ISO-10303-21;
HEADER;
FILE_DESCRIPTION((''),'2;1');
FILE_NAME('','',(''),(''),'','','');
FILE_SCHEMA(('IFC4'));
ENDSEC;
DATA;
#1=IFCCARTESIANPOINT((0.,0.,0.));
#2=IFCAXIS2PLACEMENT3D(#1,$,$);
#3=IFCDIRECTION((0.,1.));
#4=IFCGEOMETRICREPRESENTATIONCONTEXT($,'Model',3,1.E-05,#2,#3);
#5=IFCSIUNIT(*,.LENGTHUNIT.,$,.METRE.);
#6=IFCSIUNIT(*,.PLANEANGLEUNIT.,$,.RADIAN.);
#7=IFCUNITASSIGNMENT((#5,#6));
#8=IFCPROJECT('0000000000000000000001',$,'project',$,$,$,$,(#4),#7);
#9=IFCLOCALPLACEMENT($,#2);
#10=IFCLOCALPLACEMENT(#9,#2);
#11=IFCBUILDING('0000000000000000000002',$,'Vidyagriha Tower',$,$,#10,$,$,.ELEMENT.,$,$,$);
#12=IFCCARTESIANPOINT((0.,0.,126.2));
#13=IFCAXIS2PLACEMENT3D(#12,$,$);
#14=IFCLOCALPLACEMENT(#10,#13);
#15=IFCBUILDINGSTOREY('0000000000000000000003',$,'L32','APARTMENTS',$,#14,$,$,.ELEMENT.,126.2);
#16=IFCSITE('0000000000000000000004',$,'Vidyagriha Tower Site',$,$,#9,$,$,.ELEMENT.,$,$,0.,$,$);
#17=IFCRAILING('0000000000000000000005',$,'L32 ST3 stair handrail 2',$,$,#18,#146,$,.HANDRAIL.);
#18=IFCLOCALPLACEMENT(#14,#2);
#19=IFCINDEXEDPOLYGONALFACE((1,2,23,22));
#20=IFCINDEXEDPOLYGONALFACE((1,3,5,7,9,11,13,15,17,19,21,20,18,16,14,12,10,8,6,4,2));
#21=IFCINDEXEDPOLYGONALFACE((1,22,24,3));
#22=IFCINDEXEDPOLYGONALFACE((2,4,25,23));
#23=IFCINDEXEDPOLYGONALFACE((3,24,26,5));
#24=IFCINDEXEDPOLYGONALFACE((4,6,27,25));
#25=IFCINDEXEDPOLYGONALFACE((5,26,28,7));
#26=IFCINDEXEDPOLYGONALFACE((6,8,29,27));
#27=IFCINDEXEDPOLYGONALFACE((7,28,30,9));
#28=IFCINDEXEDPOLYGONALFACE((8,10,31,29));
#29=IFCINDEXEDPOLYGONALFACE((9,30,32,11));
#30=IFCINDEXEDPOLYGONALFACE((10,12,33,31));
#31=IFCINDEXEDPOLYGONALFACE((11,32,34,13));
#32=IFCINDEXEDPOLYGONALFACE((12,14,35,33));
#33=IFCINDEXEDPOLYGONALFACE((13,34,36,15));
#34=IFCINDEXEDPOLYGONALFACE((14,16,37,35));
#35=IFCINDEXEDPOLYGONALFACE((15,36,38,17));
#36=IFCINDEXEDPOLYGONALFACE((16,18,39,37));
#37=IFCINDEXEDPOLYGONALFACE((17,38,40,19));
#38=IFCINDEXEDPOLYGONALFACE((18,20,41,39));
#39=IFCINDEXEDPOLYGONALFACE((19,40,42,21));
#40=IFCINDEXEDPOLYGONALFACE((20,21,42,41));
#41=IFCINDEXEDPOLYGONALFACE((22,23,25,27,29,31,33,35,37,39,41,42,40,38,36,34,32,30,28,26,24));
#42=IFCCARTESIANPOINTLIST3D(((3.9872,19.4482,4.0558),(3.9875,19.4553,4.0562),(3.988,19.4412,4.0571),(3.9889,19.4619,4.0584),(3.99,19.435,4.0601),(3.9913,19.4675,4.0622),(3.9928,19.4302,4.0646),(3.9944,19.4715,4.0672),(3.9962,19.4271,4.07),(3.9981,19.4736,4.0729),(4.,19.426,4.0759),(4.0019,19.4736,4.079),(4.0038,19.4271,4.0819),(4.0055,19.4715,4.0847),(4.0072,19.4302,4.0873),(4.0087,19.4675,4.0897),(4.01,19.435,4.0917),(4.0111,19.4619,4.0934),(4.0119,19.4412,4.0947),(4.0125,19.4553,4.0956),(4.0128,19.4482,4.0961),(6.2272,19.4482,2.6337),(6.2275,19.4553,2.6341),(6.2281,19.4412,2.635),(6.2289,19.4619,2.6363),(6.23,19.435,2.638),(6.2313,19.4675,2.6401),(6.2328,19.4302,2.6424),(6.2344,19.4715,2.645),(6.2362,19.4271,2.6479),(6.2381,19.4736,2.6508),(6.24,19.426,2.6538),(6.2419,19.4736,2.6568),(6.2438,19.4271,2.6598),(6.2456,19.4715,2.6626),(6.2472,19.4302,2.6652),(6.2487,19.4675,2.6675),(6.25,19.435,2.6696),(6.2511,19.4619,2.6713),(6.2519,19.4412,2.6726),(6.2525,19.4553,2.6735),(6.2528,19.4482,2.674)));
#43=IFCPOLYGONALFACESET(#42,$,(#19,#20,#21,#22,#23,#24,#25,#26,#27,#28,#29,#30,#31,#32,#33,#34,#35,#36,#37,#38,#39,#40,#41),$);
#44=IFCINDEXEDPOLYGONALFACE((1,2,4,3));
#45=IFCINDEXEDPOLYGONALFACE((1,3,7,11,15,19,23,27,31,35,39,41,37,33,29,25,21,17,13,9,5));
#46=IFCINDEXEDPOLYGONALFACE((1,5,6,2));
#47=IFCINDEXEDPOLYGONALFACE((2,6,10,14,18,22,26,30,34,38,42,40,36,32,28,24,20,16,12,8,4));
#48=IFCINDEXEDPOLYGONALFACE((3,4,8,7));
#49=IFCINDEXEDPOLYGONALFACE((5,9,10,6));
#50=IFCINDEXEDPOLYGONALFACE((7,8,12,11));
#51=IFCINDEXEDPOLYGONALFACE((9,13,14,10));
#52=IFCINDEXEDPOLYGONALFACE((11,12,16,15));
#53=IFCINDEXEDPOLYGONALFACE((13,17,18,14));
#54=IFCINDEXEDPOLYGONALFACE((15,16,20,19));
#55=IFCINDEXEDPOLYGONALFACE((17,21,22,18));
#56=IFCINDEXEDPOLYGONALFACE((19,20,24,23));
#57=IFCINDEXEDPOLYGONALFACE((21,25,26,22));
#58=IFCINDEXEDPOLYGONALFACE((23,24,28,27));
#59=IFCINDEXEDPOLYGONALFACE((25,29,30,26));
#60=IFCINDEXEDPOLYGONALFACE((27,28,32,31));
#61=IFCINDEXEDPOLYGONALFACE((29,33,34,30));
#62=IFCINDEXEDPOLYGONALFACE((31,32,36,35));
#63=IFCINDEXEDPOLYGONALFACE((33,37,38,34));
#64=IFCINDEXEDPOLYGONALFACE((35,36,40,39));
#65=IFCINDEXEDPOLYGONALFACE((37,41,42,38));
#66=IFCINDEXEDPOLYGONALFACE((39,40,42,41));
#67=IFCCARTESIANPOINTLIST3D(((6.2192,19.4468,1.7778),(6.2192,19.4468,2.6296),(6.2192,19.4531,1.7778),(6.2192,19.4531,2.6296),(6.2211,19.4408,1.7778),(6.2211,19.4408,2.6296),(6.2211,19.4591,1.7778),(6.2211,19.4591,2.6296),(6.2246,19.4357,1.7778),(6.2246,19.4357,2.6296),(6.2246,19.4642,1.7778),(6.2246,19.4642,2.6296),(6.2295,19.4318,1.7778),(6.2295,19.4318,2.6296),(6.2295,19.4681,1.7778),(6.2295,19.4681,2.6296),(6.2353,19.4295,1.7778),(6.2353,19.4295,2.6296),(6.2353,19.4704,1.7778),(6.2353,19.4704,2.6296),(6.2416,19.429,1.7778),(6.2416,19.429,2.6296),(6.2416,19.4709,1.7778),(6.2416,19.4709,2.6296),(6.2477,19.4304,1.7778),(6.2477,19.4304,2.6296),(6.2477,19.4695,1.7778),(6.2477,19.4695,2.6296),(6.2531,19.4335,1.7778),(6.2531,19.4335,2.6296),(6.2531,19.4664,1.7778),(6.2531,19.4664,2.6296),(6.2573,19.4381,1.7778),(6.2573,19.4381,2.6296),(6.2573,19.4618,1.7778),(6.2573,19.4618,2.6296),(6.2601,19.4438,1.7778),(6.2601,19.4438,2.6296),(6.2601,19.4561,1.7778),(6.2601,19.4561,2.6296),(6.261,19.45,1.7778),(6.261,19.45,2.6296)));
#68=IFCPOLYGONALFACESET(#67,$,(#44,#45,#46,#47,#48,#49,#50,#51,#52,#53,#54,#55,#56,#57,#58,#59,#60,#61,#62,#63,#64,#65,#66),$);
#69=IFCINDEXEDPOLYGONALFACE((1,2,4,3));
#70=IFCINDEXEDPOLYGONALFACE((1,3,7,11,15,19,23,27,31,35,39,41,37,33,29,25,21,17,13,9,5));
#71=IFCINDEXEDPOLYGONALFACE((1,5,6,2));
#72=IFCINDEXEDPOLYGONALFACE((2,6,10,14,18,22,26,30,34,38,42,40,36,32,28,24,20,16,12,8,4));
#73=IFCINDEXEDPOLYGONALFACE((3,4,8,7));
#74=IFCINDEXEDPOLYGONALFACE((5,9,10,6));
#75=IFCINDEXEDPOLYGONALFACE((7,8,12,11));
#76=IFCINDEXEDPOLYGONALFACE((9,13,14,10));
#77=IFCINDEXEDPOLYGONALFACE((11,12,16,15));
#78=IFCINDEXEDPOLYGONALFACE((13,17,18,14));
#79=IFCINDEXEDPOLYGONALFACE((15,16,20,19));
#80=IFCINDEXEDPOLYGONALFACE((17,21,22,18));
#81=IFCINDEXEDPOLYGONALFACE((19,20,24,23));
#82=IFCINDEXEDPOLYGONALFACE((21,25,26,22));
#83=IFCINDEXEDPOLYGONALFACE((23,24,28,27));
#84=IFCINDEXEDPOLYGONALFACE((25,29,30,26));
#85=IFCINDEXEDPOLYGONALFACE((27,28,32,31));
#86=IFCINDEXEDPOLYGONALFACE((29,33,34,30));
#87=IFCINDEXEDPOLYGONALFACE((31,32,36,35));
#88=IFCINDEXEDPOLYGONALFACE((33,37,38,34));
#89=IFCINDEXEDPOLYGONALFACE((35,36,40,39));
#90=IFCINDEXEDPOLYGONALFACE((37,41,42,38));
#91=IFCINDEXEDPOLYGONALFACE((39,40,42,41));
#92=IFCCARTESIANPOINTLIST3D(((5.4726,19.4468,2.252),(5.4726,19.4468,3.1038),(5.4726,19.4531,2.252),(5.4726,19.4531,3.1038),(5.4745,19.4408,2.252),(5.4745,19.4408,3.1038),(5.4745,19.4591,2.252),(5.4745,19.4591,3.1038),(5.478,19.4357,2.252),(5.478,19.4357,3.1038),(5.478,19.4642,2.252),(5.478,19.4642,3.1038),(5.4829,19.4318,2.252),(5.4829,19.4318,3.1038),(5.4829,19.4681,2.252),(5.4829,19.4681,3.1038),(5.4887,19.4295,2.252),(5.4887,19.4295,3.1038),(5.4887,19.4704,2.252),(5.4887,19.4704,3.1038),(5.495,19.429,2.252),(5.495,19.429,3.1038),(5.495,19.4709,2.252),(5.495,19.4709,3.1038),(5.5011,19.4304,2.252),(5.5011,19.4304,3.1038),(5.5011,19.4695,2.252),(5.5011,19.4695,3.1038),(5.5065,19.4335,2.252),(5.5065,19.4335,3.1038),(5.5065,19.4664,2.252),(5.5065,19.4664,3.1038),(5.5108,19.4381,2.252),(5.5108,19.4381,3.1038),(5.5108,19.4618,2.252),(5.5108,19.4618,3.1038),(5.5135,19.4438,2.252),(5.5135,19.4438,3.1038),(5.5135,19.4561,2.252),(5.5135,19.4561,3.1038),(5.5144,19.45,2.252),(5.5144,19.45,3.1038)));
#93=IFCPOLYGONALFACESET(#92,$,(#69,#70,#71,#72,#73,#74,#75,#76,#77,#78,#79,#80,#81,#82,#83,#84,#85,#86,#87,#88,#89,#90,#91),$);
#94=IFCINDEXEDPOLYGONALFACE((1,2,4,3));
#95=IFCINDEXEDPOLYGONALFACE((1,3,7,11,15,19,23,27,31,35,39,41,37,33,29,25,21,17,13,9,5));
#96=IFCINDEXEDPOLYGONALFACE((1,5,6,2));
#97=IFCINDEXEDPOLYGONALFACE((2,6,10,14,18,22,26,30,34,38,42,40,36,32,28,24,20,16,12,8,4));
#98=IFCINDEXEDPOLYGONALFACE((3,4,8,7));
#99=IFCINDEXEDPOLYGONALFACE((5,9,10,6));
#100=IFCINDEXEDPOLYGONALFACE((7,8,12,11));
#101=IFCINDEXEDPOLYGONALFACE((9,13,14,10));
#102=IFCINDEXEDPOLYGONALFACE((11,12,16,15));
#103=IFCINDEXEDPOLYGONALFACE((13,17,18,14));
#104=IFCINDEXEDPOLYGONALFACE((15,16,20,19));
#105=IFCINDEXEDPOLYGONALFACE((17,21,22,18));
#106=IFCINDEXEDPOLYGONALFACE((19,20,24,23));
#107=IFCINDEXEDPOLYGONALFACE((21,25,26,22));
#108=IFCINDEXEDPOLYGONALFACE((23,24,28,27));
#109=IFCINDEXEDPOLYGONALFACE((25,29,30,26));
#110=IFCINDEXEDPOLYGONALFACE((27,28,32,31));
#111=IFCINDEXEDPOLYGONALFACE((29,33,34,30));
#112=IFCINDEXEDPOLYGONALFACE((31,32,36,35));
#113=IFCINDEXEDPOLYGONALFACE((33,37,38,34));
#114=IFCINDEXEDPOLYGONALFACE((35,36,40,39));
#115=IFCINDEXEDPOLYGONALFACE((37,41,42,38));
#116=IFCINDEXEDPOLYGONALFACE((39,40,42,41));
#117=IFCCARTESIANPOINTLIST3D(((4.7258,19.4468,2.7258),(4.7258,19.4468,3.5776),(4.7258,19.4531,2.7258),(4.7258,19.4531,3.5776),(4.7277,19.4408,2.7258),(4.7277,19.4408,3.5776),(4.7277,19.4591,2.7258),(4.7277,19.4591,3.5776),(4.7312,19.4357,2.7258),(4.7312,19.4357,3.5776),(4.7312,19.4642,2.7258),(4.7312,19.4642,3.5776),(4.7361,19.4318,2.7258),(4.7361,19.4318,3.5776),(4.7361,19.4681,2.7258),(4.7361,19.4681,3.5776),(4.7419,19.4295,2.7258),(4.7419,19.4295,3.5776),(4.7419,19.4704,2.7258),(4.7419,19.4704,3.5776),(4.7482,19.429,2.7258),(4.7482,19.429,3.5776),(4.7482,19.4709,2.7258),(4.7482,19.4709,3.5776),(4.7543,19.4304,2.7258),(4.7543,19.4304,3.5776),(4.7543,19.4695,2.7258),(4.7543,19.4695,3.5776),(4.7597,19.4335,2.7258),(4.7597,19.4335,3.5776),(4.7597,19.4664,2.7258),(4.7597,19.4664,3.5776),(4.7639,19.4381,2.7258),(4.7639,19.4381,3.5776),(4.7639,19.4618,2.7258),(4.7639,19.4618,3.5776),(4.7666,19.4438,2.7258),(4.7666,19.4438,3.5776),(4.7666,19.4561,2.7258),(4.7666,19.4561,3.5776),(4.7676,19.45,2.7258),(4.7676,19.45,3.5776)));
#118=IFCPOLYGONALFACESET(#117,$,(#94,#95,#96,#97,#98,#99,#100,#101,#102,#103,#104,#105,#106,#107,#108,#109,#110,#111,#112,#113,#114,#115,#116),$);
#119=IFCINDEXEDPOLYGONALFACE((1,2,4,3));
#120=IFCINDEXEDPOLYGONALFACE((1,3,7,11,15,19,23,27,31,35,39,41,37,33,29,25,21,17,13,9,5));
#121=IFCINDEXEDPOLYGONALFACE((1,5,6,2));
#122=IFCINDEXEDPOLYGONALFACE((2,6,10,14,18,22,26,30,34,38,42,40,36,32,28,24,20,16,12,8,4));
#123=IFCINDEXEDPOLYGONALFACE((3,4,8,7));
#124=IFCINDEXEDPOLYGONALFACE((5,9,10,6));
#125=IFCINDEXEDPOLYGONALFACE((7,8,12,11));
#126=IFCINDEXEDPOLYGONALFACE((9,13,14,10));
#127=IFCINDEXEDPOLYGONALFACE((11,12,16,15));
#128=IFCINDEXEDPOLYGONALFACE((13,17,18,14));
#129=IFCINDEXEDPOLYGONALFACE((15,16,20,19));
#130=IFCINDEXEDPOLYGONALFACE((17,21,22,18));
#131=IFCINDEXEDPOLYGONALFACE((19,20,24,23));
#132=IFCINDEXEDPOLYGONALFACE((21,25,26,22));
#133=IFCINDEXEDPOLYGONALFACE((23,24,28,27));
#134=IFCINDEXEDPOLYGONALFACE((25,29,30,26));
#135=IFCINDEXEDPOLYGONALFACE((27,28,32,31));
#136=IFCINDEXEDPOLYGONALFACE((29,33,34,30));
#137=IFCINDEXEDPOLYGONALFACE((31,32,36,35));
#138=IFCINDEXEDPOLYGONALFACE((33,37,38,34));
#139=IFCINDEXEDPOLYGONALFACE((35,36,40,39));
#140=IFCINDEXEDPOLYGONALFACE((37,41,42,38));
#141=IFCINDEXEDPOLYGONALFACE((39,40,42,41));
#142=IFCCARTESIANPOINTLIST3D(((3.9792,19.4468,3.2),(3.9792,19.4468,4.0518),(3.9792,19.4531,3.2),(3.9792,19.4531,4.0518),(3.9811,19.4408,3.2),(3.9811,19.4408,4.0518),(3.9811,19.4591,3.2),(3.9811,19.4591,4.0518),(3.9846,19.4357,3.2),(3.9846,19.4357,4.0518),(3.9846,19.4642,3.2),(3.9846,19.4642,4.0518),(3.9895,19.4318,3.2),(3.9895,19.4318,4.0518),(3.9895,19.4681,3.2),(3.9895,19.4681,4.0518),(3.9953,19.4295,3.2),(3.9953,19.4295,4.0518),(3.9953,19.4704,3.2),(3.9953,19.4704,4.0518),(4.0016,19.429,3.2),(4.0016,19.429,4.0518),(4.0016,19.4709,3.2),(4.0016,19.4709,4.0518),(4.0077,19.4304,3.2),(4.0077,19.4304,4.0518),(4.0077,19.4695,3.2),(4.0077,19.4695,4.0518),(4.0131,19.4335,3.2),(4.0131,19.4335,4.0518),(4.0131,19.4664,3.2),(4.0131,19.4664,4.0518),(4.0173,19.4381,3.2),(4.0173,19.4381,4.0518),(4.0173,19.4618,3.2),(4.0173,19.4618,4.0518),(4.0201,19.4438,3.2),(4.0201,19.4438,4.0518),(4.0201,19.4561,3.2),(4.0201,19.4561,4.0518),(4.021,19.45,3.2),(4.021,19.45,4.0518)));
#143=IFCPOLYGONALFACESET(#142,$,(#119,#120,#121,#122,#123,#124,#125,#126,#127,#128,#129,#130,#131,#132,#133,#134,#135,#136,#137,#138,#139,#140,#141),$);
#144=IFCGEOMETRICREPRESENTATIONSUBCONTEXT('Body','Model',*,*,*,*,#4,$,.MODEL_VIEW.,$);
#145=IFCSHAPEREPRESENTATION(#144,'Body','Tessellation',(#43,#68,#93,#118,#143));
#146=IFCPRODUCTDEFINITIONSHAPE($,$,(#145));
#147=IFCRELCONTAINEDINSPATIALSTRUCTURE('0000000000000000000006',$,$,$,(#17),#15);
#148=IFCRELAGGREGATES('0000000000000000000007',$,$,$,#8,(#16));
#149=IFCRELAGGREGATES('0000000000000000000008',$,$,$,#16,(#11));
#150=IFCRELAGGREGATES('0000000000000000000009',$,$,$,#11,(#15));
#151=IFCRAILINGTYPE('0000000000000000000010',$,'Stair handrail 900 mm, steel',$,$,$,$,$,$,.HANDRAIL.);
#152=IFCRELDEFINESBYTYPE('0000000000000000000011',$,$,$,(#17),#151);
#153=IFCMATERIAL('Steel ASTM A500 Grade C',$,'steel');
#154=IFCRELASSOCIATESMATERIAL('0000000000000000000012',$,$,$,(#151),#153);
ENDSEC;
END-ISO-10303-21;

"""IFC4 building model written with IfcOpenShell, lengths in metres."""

from ifc_helpers import new_model, si_unit, direction, frame, origin, origin_2d, place, context, subcontext, project, spatial, circle, extrude, material, type_object, element, save


model = new_model("IFC4")

# Units and contexts
model_context = context("Model", 3, precision=1e-05, world=origin(), true_north=direction((0.0, 1.0)))
body_context = subcontext(model_context, "Body", "Model", "MODEL_VIEW")
ifc_project = project(units=[si_unit("LENGTHUNIT", "METRE"), si_unit("PLANEANGLEUNIT", "RADIAN")], contexts=[model_context])

# Site, building, storey
site_placement = place(None, origin())
site = spatial("IfcSite", under=ifc_project, at=site_placement, Name="Vidyagriha Tower Site", CompositionType="ELEMENT", RefElevation=0.0)
building_placement = place(site_placement, origin())
building = spatial("IfcBuilding", under=site, at=building_placement, Name="Vidyagriha Tower", CompositionType="ELEMENT")
storey_placement = place(building_placement, frame((0.0, 0.0, 126.2)))
storey = spatial("IfcBuildingStorey", under=building, at=storey_placement, Name="L32", Description="APARTMENTS", CompositionType="ELEMENT", Elevation=126.2)

# Railing
ifc_material_1 = material(Name="Steel ASTM A500 Grade C", Category="steel")
railing_type_1 = type_object("IfcRailingType", Name="Stair handrail 900 mm, steel", PredefinedType="HANDRAIL", material=ifc_material_1)
railing_1_placement = place(storey_placement, frame((6.24, 19.45, 1.7778)))
element("IfcRailing", 1, at=railing_1_placement, inside=storey, type_object=railing_type_1, Name="L32 ST3 stair handrail 2", PredefinedType="HANDRAIL", context=body_context, shape_type="SweptSolid", body=[
    extrude(circle(Radius=0.0239, at=origin_2d()), frame((0.0, 0.0, 0.876), z_axis=(-0.844229, 0.0, 0.535982), x_axis=(0.0, -1.0, 0.0)), (0.0, 0.0, 1.0), 2.6533),
    extrude(circle(Radius=0.021, at=origin_2d()), origin(), (0.0, 0.0, 1.0), 0.8518),
    extrude(circle(Radius=0.021, at=origin_2d()), frame((-0.7466, 0.0, 0.4741)), (0.0, 0.0, 1.0), 0.8518),
    extrude(circle(Radius=0.021, at=origin_2d()), frame((-1.4934, 0.0, 0.948)), (0.0, 0.0, 1.0), 0.8518),
    extrude(circle(Radius=0.021, at=origin_2d()), frame((-2.24, 0.0, 1.4221)), (0.0, 0.0, 1.0), 0.8518),
])

save(model, "model.ifc")
